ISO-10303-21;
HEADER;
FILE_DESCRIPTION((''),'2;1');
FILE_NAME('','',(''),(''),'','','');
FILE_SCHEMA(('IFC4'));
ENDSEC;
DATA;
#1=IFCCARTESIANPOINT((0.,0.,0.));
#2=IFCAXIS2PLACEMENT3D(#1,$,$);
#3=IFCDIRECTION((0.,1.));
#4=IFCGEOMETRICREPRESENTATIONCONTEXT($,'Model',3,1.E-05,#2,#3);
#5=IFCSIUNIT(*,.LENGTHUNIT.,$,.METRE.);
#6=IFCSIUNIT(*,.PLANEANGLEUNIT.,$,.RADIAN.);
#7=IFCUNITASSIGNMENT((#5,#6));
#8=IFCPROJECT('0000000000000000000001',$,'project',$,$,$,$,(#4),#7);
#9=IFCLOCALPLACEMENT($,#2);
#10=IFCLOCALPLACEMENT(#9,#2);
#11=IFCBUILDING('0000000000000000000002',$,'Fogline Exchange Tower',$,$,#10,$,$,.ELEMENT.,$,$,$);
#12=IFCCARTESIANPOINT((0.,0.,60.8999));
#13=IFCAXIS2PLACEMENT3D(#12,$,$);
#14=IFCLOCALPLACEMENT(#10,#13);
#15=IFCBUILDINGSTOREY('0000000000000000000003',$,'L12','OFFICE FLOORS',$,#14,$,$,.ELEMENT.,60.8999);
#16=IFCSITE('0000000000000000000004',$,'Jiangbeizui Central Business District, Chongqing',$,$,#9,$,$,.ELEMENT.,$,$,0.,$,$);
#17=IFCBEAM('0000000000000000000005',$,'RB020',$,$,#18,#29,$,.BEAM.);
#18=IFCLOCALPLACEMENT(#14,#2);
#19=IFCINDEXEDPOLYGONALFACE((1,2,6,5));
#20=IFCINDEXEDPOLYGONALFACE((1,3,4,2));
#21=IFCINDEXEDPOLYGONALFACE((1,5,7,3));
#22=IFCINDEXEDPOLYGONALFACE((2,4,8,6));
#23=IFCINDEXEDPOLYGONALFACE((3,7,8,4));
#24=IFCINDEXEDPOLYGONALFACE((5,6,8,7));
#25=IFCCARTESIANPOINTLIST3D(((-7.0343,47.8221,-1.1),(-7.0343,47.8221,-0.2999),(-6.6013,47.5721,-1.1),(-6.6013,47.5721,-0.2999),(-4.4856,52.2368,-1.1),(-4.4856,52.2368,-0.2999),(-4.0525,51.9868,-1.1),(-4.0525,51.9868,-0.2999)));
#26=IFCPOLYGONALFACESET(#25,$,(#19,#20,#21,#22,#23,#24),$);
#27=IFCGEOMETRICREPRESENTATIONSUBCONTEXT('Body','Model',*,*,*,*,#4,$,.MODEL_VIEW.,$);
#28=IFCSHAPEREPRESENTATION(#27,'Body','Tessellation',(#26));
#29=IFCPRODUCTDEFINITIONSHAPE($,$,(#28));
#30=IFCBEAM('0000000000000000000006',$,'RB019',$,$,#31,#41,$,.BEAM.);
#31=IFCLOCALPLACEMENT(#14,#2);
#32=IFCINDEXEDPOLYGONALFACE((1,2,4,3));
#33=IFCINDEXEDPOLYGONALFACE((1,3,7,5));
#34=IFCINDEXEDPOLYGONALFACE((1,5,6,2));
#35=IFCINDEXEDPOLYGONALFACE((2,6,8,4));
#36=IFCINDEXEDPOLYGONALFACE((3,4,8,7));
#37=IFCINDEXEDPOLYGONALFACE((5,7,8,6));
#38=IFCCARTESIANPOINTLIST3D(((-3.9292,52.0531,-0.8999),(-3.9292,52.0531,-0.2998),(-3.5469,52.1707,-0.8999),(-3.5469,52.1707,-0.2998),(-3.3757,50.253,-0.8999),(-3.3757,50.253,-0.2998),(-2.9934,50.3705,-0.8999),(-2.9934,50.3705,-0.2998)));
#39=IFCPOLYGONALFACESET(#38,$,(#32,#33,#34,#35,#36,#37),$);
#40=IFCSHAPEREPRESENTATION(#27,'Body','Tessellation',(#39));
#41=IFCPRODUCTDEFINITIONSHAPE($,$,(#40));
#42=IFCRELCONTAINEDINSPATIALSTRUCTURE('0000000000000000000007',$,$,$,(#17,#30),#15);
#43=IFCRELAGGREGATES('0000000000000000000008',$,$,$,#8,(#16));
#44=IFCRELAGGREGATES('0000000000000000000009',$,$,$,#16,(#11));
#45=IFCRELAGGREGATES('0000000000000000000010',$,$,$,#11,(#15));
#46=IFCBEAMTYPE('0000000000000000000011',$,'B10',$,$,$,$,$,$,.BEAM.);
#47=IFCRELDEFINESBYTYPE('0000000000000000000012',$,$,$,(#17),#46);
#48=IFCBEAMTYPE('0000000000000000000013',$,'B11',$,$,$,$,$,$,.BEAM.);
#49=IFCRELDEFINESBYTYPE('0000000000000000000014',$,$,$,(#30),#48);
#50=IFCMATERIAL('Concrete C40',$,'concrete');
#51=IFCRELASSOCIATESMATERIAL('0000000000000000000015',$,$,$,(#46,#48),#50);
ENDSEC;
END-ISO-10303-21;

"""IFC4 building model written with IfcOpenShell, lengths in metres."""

from ifc_helpers import new_model, si_unit, direction, frame, origin, origin_2d, place, context, subcontext, project, spatial, rectangle, extrude, material, material_profile, profile_set, type_object, element, save


model = new_model("IFC4")

# Units and contexts
model_context = context("Model", 3, precision=1e-05, world=origin(), true_north=direction((0.0, 1.0)))
body_context = subcontext(model_context, "Body", "Model", "MODEL_VIEW")
ifc_project = project(units=[si_unit("LENGTHUNIT", "METRE"), si_unit("PLANEANGLEUNIT", "RADIAN")], contexts=[model_context])

# Site, building, storey
site_placement = place(None, origin())
site = spatial("IfcSite", under=ifc_project, at=site_placement, Name="Jiangbeizui Central Business District, Chongqing", CompositionType="ELEMENT", RefElevation=0.0)
building_placement = place(site_placement, origin())
building = spatial("IfcBuilding", under=site, at=building_placement, Name="Fogline Exchange Tower", CompositionType="ELEMENT")
storey_placement = place(building_placement, frame((0.0, 0.0, 60.8999)))
storey = spatial("IfcBuildingStorey", under=building, at=storey_placement, Name="L12", Description="OFFICE FLOORS", CompositionType="ELEMENT", Elevation=60.8999)

# Beams
ifc_material = material(Name="Concrete C40", Category="concrete")
ifc_material_profile_1 = material_profile(ifc_material, rectangle(XDim=0.5, YDim=0.8, at=origin_2d()), Name="RC 500x800")
ifc_profile_set_1 = profile_set([ifc_material_profile_1], Name="Concrete C40")
beam_type_1 = type_object("IfcBeamType", Name="B10", PredefinedType="BEAM", material=ifc_profile_set_1)
beam_1_placement = place(storey_placement, frame((-4.269, 52.1118, -0.7), z_axis=(-0.499992, -0.86603, 0.0), x_axis=(0.86603, -0.499992, 0.0)))
element("IfcBeam", 1, at=beam_1_placement, inside=storey, type_object=beam_type_1, Name="RB020", PredefinedType="BEAM", context=body_context, shape_type="SweptSolid", body=[
    extrude(rectangle(XDim=0.5, YDim=0.8, at=origin_2d()), origin(), (0.0, 0.0, 1.0), 5.0977),
])
ifc_material_profile_2 = material_profile(ifc_material, rectangle(XDim=0.3999, YDim=0.6001, at=origin_2d()), Name="RC 400x600")
ifc_profile_set_2 = profile_set([ifc_material_profile_2], Name="Concrete C40")
beam_type_2 = type_object("IfcBeamType", Name="B11", PredefinedType="BEAM", material=ifc_profile_set_2)
beam_2_placement = place(storey_placement, frame((-3.1846, 50.3118, -0.5999), z_axis=(-0.293895, 0.955838, 0.0), x_axis=(-0.955838, -0.293895, 0.0)))
element("IfcBeam", 2, at=beam_2_placement, inside=storey, type_object=beam_type_2, Name="RB019", PredefinedType="BEAM", context=body_context, shape_type="SweptSolid", body=[
    extrude(rectangle(XDim=0.3999, YDim=0.6001, at=origin_2d()), origin(), (0.0, 0.0, 1.0), 1.8833),
])

save(model, "model.ifc")
